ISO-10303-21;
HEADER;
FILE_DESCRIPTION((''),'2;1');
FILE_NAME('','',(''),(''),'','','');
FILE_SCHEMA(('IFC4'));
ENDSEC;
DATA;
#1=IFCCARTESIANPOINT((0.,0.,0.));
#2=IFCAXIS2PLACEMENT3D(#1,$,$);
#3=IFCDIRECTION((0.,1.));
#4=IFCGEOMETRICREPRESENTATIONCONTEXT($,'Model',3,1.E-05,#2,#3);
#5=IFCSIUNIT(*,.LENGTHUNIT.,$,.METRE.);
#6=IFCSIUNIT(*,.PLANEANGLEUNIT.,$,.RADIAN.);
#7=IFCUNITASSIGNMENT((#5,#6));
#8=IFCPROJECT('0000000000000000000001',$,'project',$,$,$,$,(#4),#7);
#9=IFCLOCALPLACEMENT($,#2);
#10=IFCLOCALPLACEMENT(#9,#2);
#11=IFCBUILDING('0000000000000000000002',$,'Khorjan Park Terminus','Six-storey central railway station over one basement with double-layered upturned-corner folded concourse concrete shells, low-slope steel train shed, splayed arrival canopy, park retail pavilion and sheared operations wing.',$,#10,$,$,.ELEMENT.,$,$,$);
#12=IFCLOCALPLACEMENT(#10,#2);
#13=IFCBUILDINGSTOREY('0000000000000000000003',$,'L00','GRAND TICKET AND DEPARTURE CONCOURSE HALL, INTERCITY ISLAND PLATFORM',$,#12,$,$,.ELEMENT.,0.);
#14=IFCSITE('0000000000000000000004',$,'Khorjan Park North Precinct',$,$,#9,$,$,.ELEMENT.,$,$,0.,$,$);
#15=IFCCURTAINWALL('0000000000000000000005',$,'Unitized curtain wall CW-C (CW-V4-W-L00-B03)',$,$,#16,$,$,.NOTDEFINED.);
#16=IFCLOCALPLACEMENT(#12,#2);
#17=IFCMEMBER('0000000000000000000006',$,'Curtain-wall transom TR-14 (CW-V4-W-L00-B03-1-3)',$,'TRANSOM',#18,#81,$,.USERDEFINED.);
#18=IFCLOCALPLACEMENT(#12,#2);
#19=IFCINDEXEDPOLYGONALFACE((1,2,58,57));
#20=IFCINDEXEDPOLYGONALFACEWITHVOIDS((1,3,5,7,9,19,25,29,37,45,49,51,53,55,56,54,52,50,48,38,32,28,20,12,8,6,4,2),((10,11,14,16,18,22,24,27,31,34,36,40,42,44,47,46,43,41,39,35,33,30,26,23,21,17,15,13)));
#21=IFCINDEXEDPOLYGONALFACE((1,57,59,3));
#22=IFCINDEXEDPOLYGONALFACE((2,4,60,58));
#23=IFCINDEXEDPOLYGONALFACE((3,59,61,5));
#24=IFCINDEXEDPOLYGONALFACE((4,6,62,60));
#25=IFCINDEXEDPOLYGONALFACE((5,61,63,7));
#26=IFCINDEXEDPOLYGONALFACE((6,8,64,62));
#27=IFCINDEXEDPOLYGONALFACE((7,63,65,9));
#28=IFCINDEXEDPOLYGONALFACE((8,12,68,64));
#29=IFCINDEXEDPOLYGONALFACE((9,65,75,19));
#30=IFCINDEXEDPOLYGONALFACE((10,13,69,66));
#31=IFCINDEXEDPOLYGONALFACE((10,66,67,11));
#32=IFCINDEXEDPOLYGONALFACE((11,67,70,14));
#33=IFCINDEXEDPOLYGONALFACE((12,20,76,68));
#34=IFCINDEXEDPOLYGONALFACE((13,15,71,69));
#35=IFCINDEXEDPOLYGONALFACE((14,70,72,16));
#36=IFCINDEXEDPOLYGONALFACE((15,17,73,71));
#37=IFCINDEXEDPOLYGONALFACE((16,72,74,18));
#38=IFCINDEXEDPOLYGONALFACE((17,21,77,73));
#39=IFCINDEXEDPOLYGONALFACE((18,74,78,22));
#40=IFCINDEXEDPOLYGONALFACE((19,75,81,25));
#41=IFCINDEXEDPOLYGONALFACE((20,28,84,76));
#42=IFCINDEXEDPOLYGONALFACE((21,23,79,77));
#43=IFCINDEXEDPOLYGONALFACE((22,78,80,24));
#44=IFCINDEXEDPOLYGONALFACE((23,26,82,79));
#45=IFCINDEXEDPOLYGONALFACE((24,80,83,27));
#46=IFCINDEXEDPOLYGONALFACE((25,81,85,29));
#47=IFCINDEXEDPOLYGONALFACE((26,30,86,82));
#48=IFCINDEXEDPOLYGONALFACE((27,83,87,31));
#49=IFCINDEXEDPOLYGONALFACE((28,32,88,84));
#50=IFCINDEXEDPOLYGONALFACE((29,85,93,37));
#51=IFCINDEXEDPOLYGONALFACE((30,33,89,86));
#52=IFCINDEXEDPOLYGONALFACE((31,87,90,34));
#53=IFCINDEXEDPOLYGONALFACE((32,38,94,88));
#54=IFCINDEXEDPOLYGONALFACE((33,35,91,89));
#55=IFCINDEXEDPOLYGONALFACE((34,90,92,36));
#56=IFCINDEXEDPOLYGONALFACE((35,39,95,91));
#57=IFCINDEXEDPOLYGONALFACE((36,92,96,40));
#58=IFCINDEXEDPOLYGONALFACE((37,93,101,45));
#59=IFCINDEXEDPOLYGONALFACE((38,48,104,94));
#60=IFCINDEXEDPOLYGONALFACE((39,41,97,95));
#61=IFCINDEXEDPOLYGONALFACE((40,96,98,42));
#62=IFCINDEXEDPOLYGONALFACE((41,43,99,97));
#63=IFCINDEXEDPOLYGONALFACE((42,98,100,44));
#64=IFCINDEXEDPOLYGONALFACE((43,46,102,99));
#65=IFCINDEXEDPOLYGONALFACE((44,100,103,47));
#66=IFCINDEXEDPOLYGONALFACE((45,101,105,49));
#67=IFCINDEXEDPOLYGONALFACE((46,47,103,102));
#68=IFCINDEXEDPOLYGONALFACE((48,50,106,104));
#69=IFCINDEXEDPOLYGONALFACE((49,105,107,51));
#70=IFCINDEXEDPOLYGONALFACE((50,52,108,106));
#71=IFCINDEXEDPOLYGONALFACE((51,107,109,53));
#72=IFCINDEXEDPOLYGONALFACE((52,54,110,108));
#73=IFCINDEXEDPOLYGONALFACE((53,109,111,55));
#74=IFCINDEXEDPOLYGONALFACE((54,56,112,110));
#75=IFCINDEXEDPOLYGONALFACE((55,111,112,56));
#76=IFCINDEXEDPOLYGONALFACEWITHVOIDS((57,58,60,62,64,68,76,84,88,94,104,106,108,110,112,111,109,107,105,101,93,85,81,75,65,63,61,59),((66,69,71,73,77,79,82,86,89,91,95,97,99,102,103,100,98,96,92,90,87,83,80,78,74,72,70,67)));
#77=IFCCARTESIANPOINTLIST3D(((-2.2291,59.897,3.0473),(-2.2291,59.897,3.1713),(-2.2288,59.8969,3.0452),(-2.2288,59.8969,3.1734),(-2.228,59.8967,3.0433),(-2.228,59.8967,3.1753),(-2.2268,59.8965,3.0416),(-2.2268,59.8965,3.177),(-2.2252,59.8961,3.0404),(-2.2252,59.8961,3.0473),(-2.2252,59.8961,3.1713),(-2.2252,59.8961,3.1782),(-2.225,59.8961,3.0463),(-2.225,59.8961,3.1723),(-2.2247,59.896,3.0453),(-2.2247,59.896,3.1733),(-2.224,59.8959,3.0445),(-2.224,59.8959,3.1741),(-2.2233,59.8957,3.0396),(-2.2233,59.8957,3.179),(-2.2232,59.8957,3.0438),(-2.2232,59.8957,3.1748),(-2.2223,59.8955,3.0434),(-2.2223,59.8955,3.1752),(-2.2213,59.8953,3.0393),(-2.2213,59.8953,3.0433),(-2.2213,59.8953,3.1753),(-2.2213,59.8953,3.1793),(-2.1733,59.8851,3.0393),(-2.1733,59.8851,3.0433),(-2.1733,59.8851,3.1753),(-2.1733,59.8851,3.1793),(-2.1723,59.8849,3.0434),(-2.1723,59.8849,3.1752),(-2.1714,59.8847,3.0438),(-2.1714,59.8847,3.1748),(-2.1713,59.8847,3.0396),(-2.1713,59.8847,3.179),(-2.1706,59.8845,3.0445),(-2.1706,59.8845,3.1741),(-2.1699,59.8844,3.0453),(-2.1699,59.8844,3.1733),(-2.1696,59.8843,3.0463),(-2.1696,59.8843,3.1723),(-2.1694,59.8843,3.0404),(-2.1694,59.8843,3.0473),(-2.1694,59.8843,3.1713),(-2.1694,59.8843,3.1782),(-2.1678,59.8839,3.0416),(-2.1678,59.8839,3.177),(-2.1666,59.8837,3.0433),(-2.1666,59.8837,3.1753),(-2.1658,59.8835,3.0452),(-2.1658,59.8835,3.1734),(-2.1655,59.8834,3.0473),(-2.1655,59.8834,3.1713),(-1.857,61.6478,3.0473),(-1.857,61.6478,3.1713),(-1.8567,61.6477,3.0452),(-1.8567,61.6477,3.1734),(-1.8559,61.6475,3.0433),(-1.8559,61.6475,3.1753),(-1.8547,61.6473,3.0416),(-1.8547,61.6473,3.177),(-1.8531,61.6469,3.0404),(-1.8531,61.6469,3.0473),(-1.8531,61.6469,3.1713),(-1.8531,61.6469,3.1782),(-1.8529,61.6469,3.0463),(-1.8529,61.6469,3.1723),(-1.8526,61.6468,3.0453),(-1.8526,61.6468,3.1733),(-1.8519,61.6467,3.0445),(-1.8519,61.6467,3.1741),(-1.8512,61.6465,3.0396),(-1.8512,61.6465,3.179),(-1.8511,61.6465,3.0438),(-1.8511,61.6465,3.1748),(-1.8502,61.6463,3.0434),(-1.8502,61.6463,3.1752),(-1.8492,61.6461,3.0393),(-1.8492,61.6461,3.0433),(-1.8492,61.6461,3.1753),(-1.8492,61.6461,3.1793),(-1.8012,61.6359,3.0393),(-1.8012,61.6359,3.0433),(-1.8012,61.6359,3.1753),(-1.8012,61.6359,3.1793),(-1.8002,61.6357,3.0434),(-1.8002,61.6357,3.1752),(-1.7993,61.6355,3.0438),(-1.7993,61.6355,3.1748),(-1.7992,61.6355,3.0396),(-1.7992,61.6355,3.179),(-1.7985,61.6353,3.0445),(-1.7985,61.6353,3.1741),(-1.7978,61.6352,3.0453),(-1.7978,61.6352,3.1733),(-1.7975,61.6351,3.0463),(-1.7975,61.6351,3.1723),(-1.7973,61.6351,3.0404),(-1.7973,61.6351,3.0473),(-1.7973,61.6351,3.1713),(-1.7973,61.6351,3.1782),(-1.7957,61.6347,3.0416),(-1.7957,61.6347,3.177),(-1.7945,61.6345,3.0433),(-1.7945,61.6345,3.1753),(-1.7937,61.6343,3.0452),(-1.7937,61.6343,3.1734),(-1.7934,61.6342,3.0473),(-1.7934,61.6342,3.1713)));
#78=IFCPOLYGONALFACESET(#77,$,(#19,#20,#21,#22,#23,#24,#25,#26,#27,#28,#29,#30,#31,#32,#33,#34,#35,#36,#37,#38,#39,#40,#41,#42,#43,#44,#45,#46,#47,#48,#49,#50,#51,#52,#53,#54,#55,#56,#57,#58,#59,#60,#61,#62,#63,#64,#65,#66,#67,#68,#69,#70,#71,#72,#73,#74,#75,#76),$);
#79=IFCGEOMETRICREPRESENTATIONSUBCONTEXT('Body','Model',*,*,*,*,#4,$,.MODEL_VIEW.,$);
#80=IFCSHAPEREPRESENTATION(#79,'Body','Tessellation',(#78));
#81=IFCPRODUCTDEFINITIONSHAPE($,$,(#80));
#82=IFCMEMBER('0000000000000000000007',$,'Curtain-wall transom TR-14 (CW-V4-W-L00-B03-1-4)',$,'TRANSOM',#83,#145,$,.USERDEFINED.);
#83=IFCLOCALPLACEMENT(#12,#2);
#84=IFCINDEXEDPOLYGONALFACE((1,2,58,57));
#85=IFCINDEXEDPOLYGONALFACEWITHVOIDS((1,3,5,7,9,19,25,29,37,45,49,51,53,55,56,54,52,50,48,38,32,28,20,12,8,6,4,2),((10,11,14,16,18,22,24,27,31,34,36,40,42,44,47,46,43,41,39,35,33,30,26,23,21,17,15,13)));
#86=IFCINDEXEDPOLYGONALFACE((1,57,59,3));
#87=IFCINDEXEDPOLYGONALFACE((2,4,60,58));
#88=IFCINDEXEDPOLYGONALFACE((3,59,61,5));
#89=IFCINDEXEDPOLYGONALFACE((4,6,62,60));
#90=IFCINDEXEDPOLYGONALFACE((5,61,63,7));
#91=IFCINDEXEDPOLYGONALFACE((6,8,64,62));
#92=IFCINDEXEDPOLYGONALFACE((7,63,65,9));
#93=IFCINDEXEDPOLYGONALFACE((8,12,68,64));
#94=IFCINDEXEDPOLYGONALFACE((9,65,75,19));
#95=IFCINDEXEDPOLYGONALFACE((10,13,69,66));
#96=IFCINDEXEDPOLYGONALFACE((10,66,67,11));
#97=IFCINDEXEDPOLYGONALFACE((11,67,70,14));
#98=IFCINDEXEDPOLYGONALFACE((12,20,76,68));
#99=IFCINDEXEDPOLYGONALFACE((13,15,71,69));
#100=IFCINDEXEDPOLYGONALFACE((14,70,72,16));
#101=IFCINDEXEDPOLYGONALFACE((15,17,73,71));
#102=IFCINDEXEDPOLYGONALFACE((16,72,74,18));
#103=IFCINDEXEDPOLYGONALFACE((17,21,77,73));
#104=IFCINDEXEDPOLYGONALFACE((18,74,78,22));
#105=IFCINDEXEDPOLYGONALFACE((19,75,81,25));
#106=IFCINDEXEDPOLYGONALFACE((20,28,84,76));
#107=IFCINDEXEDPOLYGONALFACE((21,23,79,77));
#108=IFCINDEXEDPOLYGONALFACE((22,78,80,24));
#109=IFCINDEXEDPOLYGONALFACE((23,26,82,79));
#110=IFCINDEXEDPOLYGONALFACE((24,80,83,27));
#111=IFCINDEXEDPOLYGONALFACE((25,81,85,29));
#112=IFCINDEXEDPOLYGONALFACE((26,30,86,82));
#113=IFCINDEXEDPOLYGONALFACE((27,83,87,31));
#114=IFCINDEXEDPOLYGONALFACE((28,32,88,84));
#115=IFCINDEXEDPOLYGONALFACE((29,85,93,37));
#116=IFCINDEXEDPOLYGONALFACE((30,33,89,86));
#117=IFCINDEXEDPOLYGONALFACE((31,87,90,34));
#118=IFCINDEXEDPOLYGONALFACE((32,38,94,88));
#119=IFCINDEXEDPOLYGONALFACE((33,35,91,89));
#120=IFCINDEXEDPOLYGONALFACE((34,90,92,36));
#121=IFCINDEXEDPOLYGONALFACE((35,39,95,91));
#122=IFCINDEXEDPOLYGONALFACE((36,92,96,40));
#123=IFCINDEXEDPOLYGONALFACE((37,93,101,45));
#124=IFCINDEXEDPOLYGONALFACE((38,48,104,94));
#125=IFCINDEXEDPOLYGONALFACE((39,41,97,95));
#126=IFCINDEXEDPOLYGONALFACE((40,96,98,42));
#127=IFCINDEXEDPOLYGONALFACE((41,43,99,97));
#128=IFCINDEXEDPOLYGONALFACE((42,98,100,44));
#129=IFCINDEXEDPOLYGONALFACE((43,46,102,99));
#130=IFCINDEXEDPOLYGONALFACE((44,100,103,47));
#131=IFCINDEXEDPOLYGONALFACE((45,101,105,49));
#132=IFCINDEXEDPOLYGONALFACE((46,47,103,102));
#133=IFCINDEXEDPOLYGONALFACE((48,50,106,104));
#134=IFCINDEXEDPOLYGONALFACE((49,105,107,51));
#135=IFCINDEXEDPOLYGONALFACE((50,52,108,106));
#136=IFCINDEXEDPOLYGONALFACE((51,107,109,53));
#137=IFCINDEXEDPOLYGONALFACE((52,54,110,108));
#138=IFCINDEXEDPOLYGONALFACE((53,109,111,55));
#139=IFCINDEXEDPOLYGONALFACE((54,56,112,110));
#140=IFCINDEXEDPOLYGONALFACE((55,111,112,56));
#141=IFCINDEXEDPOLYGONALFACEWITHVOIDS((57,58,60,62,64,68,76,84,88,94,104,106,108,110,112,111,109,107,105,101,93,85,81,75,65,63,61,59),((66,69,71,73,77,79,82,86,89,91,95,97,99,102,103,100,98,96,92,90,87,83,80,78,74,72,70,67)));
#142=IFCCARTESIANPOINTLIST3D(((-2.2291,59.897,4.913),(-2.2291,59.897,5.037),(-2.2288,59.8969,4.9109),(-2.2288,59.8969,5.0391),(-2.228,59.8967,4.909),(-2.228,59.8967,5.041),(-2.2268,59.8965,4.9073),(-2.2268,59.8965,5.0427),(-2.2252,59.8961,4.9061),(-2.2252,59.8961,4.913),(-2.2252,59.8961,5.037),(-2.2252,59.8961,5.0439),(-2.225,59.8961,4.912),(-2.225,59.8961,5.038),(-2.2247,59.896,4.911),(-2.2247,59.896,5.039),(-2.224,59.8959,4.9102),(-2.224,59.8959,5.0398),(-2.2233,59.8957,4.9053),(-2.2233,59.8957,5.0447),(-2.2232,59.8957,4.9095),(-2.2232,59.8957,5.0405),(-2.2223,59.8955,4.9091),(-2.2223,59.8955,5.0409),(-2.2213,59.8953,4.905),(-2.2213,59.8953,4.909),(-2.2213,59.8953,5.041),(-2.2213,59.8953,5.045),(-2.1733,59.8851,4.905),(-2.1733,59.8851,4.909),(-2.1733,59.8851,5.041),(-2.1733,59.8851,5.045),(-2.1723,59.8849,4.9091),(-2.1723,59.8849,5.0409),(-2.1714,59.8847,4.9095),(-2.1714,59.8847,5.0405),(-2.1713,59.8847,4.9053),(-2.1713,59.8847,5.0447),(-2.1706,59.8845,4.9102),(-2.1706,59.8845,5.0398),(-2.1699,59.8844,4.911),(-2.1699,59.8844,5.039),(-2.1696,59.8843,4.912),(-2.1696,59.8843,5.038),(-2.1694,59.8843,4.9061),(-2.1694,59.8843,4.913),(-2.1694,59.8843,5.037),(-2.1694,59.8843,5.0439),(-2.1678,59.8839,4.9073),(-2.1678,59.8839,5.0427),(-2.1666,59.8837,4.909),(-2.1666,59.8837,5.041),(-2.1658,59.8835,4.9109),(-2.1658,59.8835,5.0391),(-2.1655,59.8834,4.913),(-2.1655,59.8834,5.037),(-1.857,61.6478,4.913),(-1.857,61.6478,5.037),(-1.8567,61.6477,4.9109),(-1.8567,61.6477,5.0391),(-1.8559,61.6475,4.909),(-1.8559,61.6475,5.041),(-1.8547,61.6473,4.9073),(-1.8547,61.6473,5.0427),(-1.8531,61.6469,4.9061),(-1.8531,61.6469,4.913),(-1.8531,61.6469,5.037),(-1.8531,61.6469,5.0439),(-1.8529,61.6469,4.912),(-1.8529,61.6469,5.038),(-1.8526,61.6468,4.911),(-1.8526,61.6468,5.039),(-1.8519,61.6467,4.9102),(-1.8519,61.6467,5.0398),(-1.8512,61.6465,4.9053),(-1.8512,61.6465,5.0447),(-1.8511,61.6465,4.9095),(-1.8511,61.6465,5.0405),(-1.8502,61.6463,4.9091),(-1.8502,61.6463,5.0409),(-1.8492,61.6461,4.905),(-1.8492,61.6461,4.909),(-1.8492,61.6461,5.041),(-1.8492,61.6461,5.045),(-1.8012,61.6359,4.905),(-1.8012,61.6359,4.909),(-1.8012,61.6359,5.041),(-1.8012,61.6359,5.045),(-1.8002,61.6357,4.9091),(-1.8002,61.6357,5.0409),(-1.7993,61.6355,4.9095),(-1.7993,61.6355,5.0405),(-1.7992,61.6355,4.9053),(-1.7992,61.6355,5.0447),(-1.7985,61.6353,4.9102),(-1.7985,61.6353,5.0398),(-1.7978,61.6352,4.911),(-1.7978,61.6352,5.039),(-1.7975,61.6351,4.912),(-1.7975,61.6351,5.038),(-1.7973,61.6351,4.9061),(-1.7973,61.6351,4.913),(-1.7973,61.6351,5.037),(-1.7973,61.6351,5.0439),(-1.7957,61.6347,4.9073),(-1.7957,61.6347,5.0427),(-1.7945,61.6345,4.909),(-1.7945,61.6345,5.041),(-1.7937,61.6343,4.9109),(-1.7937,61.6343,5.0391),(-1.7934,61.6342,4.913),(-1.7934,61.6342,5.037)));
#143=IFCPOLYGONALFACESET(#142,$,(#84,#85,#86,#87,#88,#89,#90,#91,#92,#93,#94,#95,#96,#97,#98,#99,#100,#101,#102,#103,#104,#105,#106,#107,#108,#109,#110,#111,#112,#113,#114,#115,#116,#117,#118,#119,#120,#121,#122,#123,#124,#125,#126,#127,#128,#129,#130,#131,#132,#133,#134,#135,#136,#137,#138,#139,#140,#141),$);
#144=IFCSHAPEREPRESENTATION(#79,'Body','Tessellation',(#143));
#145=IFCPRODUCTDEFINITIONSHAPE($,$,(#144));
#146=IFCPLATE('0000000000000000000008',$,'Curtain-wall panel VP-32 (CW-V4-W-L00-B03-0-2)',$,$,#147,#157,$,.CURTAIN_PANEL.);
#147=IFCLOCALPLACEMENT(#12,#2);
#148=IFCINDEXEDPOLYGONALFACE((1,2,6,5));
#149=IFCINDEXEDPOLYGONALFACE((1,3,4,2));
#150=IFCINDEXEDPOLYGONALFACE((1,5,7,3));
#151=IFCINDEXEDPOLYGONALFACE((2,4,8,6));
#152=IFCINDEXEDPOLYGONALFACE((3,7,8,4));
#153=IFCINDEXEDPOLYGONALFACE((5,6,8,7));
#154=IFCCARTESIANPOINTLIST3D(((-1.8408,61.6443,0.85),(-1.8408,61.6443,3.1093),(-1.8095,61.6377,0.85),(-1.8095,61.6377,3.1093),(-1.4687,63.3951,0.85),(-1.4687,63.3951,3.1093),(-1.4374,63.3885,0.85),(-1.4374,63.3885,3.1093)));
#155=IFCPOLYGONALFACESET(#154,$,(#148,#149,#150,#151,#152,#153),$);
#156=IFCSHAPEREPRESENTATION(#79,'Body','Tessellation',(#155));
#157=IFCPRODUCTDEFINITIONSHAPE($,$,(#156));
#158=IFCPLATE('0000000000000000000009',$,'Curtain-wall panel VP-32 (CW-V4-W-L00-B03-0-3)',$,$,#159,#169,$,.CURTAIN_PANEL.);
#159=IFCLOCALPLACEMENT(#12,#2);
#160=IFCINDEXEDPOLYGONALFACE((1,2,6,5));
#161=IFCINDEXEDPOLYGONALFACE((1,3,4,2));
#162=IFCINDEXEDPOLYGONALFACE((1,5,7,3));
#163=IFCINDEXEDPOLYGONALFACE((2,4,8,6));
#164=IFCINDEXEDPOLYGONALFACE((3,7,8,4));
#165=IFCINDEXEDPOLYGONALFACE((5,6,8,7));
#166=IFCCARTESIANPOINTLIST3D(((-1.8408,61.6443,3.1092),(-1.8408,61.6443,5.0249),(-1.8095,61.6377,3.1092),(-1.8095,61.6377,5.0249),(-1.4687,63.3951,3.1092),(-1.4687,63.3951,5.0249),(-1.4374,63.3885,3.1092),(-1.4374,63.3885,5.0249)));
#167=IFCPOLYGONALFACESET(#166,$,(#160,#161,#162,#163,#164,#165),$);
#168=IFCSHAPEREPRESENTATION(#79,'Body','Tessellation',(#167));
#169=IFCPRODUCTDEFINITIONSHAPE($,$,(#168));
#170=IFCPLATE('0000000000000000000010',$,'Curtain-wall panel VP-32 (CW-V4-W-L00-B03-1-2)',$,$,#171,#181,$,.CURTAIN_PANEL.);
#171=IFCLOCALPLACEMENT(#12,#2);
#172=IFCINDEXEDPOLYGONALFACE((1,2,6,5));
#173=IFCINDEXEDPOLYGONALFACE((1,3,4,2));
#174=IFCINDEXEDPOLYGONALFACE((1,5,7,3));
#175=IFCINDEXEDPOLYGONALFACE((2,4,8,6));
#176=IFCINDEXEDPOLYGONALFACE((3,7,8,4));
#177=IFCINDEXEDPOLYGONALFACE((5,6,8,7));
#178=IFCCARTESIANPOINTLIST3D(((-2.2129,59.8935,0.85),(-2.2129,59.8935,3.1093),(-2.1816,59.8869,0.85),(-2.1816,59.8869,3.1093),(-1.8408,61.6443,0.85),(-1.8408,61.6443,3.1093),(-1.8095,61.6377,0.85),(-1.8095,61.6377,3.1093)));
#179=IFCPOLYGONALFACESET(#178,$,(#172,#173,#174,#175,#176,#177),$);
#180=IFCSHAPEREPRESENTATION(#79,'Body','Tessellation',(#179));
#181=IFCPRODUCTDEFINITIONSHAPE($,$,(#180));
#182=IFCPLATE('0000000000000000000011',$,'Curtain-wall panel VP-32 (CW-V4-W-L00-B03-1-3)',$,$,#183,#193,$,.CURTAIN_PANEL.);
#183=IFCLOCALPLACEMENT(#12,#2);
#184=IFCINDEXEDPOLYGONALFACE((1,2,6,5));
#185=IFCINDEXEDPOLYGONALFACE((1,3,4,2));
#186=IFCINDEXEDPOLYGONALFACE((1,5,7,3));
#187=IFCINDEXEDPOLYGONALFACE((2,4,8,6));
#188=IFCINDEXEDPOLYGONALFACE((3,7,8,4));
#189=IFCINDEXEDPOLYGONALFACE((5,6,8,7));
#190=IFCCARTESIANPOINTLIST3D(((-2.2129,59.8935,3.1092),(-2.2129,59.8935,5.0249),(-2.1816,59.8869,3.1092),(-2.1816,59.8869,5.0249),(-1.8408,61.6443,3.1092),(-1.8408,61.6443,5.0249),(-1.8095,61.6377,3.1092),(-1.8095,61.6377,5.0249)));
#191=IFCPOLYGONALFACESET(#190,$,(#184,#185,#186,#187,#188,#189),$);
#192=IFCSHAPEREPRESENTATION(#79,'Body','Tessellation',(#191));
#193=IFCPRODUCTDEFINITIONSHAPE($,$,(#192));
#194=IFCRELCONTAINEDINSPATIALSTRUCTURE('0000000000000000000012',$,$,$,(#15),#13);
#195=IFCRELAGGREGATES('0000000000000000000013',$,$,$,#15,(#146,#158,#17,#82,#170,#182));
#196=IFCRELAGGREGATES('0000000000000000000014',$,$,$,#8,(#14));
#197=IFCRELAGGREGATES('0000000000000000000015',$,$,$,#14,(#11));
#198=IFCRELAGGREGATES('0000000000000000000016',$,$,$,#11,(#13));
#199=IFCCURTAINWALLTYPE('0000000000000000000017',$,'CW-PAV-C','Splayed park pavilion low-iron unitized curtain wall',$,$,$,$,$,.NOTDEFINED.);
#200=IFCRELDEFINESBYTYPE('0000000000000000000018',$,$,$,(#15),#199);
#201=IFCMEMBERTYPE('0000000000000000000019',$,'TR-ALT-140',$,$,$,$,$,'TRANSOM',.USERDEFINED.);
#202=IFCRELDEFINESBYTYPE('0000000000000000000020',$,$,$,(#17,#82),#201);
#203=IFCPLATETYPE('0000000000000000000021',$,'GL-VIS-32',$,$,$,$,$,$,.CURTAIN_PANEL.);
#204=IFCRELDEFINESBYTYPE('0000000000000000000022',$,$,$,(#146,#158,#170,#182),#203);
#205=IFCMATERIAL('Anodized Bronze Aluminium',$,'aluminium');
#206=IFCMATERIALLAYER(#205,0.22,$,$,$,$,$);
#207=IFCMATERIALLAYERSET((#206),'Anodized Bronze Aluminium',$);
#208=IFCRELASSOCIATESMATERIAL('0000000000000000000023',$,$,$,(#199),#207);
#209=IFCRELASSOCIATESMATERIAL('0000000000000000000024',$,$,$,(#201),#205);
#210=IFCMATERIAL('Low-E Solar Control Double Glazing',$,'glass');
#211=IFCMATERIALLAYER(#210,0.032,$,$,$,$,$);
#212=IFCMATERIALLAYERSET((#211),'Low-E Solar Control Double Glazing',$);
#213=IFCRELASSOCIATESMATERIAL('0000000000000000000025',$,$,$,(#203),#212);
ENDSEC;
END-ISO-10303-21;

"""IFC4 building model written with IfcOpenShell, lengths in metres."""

from ifc_helpers import new_model, si_unit, direction, frame, origin, origin_2d, place, context, subcontext, project, spatial, rectangle, hollow_rectangle, extrude, material, layer, layer_set, material_profile, profile_set, type_object, element, aggregate, save


model = new_model("IFC4")

# Units and contexts
model_context = context("Model", 3, precision=1e-05, world=origin(), true_north=direction((0.0, 1.0)))
body_context = subcontext(model_context, "Body", "Model", "MODEL_VIEW")
ifc_project = project(units=[si_unit("LENGTHUNIT", "METRE"), si_unit("PLANEANGLEUNIT", "RADIAN")], contexts=[model_context])

# Site, building, storey
site_placement = place(None, origin())
site = spatial("IfcSite", under=ifc_project, at=site_placement, Name="Khorjan Park North Precinct", CompositionType="ELEMENT", RefElevation=0.0)
building_placement = place(site_placement, origin())
building = spatial("IfcBuilding", under=site, at=building_placement, Name="Khorjan Park Terminus", Description="Six-storey central railway station over one basement with double-layered upturned-corner folded concourse concrete shells, low-slope steel train shed, splayed arrival canopy, park retail pavilion and sheared operations wing.", CompositionType="ELEMENT")
storey_placement = place(building_placement, origin())
storey = spatial("IfcBuildingStorey", under=building, at=storey_placement, Name="L00", Description="GRAND TICKET AND DEPARTURE CONCOURSE HALL, INTERCITY ISLAND PLATFORM", CompositionType="ELEMENT", Elevation=0.0)

# Curtain wall, members, plates
ifc_material_1 = material(Name="Anodized Bronze Aluminium", Category="aluminium")
ifc_layer_1 = layer(ifc_material_1, 0.22)
ifc_layer_set_1 = layer_set([ifc_layer_1], Name="Anodized Bronze Aluminium")
curtain_wall_type = type_object("IfcCurtainWallType", Name="CW-PAV-C", Description="Splayed park pavilion low-iron unitized curtain wall", PredefinedType="NOTDEFINED", material=ifc_layer_set_1)
curtain_wall_placement = place(storey_placement, origin())
curtain_wall = element("IfcCurtainWall", 1, at=curtain_wall_placement, inside=storey, type_object=curtain_wall_type, Name="Unitized curtain wall CW-C (CW-V4-W-L00-B03)", PredefinedType="NOTDEFINED")
ifc_material_profile_1 = material_profile(ifc_material_1, hollow_rectangle(XDim=0.065, YDim=0.14, WallThickness=0.004, InnerFilletRadius=0.004, OuterFilletRadius=0.008, at=origin_2d()), Name="ALT 65x140x4")
ifc_profile_set_1 = profile_set([ifc_material_profile_1], Name="Anodized Bronze Aluminium")
member_type_1 = type_object("IfcMemberType", Name="TR-ALT-140", ElementType="TRANSOM", PredefinedType="USERDEFINED", material=ifc_profile_set_1)
member_1_placement = place(storey_placement, frame((-1.8252, 61.641, 3.1093), z_axis=(-0.207888, -0.978153, 0.0), x_axis=(0.978153, -0.207888, 0.0)))
member_1 = element("IfcMember", 2, at=member_1_placement, type_object=member_type_1, Name="Curtain-wall transom TR-14 (CW-V4-W-L00-B03-1-3)", ObjectType="TRANSOM", PredefinedType="USERDEFINED", context=body_context, shape_type="SweptSolid", body=[
    extrude(hollow_rectangle(XDim=0.065, YDim=0.14, WallThickness=0.004, InnerFilletRadius=0.004, OuterFilletRadius=0.008, at=origin_2d()), origin(), (0.0, 0.0, 1.0), 1.7899),
])
member_2_placement = place(storey_placement, frame((-1.8252, 61.641, 4.975), z_axis=(-0.207888, -0.978153, 0.0), x_axis=(0.978153, -0.207888, 0.0)))
member_2 = element("IfcMember", 3, at=member_2_placement, type_object=member_type_1, Name="Curtain-wall transom TR-14 (CW-V4-W-L00-B03-1-4)", ObjectType="TRANSOM", PredefinedType="USERDEFINED", context=body_context, shape_type="SweptSolid", body=[
    extrude(hollow_rectangle(XDim=0.065, YDim=0.14, WallThickness=0.004, InnerFilletRadius=0.004, OuterFilletRadius=0.008, at=origin_2d()), origin(), (0.0, 0.0, 1.0), 1.7899),
])
ifc_material_2 = material(Name="Low-E Solar Control Double Glazing", Category="glass")
ifc_layer_2 = layer(ifc_material_2, 0.032)
ifc_layer_set_2 = layer_set([ifc_layer_2], Name="Low-E Solar Control Double Glazing")
plate_type_1 = type_object("IfcPlateType", Name="GL-VIS-32", PredefinedType="CURTAIN_PANEL", material=ifc_layer_set_2)
plate_1_placement = place(storey_placement, frame((-1.6391, 62.5164, 0.85), z_axis=(0.0, 0.0, 1.0), x_axis=(-0.207917, -0.978147, 0.0)))
plate_1 = element("IfcPlate", 4, at=plate_1_placement, type_object=plate_type_1, Name="Curtain-wall panel VP-32 (CW-V4-W-L00-B03-0-2)", PredefinedType="CURTAIN_PANEL", context=body_context, shape_type="SweptSolid", body=[
    extrude(rectangle(XDim=1.7899, YDim=0.032, at=origin_2d()), origin(), (0.0, 0.0, 1.0), 2.2593),
])
plate_2_placement = place(storey_placement, frame((-1.6391, 62.5164, 3.1092), z_axis=(0.0, 0.0, 1.0), x_axis=(-0.207917, -0.978147, 0.0)))
plate_2 = element("IfcPlate", 5, at=plate_2_placement, type_object=plate_type_1, Name="Curtain-wall panel VP-32 (CW-V4-W-L00-B03-0-3)", PredefinedType="CURTAIN_PANEL", context=body_context, shape_type="SweptSolid", body=[
    extrude(rectangle(XDim=1.7899, YDim=0.032, at=origin_2d()), origin(), (0.0, 0.0, 1.0), 1.9157),
])
plate_3_placement = place(storey_placement, frame((-2.0112, 60.7656, 0.85), z_axis=(0.0, 0.0, 1.0), x_axis=(-0.207917, -0.978147, 0.0)))
plate_3 = element("IfcPlate", 6, at=plate_3_placement, type_object=plate_type_1, Name="Curtain-wall panel VP-32 (CW-V4-W-L00-B03-1-2)", PredefinedType="CURTAIN_PANEL", context=body_context, shape_type="SweptSolid", body=[
    extrude(rectangle(XDim=1.7899, YDim=0.032, at=origin_2d()), origin(), (0.0, 0.0, 1.0), 2.2593),
])
plate_4_placement = place(storey_placement, frame((-2.0112, 60.7656, 3.1092), z_axis=(0.0, 0.0, 1.0), x_axis=(-0.207917, -0.978147, 0.0)))
plate_4 = element("IfcPlate", 7, at=plate_4_placement, type_object=plate_type_1, Name="Curtain-wall panel VP-32 (CW-V4-W-L00-B03-1-3)", PredefinedType="CURTAIN_PANEL", context=body_context, shape_type="SweptSolid", body=[
    extrude(rectangle(XDim=1.7899, YDim=0.032, at=origin_2d()), origin(), (0.0, 0.0, 1.0), 1.9157),
])
aggregate(curtain_wall, [plate_1, plate_2, member_1, member_2, plate_3, plate_4])

save(model, "model.ifc")
